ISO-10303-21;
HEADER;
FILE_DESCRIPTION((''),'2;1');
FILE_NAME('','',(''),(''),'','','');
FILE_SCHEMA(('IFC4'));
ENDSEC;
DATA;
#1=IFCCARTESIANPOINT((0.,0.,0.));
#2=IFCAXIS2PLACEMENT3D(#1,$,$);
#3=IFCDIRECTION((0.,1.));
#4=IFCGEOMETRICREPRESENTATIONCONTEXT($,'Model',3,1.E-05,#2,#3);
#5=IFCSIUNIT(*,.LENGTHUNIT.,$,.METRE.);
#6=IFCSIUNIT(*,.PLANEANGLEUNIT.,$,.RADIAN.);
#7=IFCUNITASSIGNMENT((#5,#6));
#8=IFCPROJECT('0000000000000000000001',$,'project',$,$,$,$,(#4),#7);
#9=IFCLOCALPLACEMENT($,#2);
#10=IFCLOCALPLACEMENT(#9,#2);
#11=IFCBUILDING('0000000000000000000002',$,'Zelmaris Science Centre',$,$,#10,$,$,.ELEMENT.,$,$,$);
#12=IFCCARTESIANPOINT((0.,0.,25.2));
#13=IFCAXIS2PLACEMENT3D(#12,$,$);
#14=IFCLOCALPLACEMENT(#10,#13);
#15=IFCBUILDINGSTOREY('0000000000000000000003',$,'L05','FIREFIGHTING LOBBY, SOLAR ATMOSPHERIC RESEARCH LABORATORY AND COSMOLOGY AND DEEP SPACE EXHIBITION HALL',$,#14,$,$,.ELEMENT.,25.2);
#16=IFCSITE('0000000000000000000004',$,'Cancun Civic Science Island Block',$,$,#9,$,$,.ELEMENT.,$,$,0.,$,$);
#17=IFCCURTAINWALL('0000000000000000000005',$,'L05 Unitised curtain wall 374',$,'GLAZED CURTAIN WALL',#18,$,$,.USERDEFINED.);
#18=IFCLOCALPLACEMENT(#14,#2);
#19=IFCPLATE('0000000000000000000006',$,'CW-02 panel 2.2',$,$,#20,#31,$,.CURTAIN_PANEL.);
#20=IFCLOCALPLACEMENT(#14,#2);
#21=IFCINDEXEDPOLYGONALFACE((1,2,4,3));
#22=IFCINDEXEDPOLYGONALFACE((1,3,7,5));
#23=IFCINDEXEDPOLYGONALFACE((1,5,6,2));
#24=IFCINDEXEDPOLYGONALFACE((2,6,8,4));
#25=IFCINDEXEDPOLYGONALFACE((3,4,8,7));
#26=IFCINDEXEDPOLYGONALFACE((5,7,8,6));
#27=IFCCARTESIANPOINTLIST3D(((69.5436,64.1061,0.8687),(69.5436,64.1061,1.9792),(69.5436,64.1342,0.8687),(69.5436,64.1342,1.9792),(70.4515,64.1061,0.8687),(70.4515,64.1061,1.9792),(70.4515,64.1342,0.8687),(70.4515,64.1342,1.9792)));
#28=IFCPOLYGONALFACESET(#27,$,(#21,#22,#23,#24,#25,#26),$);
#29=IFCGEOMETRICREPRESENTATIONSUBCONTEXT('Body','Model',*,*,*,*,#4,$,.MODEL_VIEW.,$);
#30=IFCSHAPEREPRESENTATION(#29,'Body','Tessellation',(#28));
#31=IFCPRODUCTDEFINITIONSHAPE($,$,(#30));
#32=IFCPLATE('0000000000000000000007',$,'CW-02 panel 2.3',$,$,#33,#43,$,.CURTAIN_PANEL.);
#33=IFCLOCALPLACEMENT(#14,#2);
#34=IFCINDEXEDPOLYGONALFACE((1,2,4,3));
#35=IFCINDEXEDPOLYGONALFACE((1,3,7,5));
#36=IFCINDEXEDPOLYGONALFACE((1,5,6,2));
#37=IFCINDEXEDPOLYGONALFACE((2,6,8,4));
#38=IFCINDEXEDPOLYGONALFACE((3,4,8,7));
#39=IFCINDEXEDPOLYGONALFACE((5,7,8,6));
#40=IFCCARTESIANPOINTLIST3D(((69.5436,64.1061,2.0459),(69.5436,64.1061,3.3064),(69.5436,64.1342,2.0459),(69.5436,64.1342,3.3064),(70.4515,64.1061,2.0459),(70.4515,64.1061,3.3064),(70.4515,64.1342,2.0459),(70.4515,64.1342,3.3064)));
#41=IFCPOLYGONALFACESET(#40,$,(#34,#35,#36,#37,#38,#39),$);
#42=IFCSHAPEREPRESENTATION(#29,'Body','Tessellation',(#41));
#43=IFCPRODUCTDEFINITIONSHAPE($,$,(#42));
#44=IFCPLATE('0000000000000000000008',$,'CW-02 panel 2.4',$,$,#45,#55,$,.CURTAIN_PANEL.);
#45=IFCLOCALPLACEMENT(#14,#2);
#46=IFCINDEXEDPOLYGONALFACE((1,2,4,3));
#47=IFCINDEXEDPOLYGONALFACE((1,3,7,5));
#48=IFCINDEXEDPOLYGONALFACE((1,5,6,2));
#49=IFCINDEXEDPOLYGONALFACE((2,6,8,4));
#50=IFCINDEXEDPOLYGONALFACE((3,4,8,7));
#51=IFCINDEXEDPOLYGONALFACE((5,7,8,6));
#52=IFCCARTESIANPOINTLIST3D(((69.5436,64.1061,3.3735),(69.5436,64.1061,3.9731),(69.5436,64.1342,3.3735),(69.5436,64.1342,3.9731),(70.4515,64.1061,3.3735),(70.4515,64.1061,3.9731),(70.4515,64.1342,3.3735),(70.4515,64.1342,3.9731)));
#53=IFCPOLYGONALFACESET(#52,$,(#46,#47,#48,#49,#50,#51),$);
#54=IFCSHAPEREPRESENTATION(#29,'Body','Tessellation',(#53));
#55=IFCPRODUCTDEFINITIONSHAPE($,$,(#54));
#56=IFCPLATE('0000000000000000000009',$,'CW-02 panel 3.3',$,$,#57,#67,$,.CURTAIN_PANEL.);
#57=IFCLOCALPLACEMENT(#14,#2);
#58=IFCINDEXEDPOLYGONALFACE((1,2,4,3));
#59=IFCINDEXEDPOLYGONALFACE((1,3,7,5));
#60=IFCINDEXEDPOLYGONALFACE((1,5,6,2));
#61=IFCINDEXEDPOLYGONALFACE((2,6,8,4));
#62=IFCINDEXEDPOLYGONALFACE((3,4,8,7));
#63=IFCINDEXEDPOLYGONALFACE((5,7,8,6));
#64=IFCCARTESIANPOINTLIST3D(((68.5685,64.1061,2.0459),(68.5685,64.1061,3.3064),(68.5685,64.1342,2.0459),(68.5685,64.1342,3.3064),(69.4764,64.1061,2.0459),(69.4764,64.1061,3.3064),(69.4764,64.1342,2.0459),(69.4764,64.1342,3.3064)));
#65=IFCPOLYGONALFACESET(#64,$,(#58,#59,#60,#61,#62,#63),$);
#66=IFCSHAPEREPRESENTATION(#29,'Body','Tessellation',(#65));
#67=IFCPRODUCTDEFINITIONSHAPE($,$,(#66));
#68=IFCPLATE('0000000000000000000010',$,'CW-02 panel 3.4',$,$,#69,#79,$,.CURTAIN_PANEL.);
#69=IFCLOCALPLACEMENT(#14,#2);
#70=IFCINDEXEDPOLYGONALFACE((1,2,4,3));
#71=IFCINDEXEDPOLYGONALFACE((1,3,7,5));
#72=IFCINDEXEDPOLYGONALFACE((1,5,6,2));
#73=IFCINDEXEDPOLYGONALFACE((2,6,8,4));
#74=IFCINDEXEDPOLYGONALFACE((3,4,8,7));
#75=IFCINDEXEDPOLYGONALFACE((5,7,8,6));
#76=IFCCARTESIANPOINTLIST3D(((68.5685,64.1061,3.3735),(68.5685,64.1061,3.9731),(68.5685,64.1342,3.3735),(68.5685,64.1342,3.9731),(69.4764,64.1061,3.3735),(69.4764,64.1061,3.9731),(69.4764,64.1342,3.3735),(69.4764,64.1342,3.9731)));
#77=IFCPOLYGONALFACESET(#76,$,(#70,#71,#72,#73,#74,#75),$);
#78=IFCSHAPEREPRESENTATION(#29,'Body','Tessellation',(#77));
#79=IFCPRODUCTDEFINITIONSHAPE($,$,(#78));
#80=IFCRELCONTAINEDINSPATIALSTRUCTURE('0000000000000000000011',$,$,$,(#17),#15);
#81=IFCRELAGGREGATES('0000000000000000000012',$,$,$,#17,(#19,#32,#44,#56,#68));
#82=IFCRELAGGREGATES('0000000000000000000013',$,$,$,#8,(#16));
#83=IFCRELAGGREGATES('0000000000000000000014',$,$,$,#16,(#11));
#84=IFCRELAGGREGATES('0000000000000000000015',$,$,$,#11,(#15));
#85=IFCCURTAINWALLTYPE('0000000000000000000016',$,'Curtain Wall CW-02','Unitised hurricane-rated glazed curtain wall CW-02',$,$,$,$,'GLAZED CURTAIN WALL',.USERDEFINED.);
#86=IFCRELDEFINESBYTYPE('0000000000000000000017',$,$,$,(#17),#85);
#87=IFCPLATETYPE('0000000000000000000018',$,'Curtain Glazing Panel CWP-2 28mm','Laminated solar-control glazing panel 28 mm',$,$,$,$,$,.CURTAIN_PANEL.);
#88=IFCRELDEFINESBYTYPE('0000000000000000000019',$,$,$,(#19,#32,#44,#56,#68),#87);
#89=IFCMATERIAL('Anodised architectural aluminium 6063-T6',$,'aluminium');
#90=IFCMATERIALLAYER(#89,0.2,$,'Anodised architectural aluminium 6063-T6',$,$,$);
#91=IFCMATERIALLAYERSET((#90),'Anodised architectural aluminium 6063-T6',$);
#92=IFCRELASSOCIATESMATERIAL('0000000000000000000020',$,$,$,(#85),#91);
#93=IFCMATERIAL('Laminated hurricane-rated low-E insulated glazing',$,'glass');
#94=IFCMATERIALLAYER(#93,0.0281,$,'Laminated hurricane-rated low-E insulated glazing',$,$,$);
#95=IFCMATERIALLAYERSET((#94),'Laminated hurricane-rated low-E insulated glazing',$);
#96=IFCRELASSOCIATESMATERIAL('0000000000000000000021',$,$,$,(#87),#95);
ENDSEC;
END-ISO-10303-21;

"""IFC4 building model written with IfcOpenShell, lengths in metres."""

from ifc_helpers import new_model, si_unit, direction, frame, origin, origin_2d, place, context, subcontext, project, spatial, rectangle, extrude, material, layer, layer_set, type_object, element, aggregate, save


model = new_model("IFC4")

# Units and contexts
model_context = context("Model", 3, precision=1e-05, world=origin(), true_north=direction((0.0, 1.0)))
body_context = subcontext(model_context, "Body", "Model", "MODEL_VIEW")
ifc_project = project(units=[si_unit("LENGTHUNIT", "METRE"), si_unit("PLANEANGLEUNIT", "RADIAN")], contexts=[model_context])

# Site, building, storey
site_placement = place(None, origin())
site = spatial("IfcSite", under=ifc_project, at=site_placement, Name="Cancun Civic Science Island Block", CompositionType="ELEMENT", RefElevation=0.0)
building_placement = place(site_placement, origin())
building = spatial("IfcBuilding", under=site, at=building_placement, Name="Zelmaris Science Centre", CompositionType="ELEMENT")
storey_placement = place(building_placement, frame((0.0, 0.0, 25.2)))
storey = spatial("IfcBuildingStorey", under=building, at=storey_placement, Name="L05", Description="FIREFIGHTING LOBBY, SOLAR ATMOSPHERIC RESEARCH LABORATORY AND COSMOLOGY AND DEEP SPACE EXHIBITION HALL", CompositionType="ELEMENT", Elevation=25.2)

# Curtain wall, plates
ifc_material_1 = material(Name="Anodised architectural aluminium 6063-T6", Category="aluminium")
ifc_layer_1 = layer(ifc_material_1, 0.2, Name="Anodised architectural aluminium 6063-T6")
ifc_layer_set_1 = layer_set([ifc_layer_1], Name="Anodised architectural aluminium 6063-T6")
curtain_wall_type = type_object("IfcCurtainWallType", Name="Curtain Wall CW-02", Description="Unitised hurricane-rated glazed curtain wall CW-02", ElementType="GLAZED CURTAIN WALL", PredefinedType="USERDEFINED", material=ifc_layer_set_1)
curtain_wall_placement = place(storey_placement, origin())
curtain_wall = element("IfcCurtainWall", 1, at=curtain_wall_placement, inside=storey, type_object=curtain_wall_type, Name="L05 Unitised curtain wall 374", ObjectType="GLAZED CURTAIN WALL", PredefinedType="USERDEFINED")
ifc_material_2 = material(Name="Laminated hurricane-rated low-E insulated glazing", Category="glass")
ifc_layer_2 = layer(ifc_material_2, 0.0281, Name="Laminated hurricane-rated low-E insulated glazing")
ifc_layer_set_2 = layer_set([ifc_layer_2], Name="Laminated hurricane-rated low-E insulated glazing")
plate_type = type_object("IfcPlateType", Name="Curtain Glazing Panel CWP-2 28mm", Description="Laminated solar-control glazing panel 28 mm", PredefinedType="CURTAIN_PANEL", material=ifc_layer_set_2)
plate_1_placement = place(storey_placement, frame((69.9976, 64.1201, 0.8687), z_axis=(0.0, 0.0, 1.0), x_axis=(-1.0, 0.0, 0.0)))
plate_1 = element("IfcPlate", 2, at=plate_1_placement, type_object=plate_type, Name="CW-02 panel 2.2", PredefinedType="CURTAIN_PANEL", context=body_context, shape_type="SweptSolid", body=[
    extrude(rectangle(XDim=0.908, YDim=0.0281, at=origin_2d()), origin(), (0.0, 0.0, 1.0), 1.1106),
])
plate_2_placement = place(storey_placement, frame((69.9976, 64.1201, 2.0459), z_axis=(0.0, 0.0, 1.0), x_axis=(-1.0, 0.0, 0.0)))
plate_2 = element("IfcPlate", 3, at=plate_2_placement, type_object=plate_type, Name="CW-02 panel 2.3", PredefinedType="CURTAIN_PANEL", context=body_context, shape_type="SweptSolid", body=[
    extrude(rectangle(XDim=0.908, YDim=0.0281, at=origin_2d()), origin(), (0.0, 0.0, 1.0), 1.2605),
])
plate_3_placement = place(storey_placement, frame((69.9976, 64.1201, 3.3735), z_axis=(0.0, 0.0, 1.0), x_axis=(-1.0, 0.0, 0.0)))
plate_3 = element("IfcPlate", 4, at=plate_3_placement, type_object=plate_type, Name="CW-02 panel 2.4", PredefinedType="CURTAIN_PANEL", context=body_context, shape_type="SweptSolid", body=[
    extrude(rectangle(XDim=0.908, YDim=0.0281, at=origin_2d()), origin(), (0.0, 0.0, 1.0), 0.5996),
])
plate_4_placement = place(storey_placement, frame((69.0225, 64.1201, 2.0459), z_axis=(0.0, 0.0, 1.0), x_axis=(-1.0, 0.0, 0.0)))
plate_4 = element("IfcPlate", 5, at=plate_4_placement, type_object=plate_type, Name="CW-02 panel 3.3", PredefinedType="CURTAIN_PANEL", context=body_context, shape_type="SweptSolid", body=[
    extrude(rectangle(XDim=0.908, YDim=0.0281, at=origin_2d()), origin(), (0.0, 0.0, 1.0), 1.2605),
])
plate_5_placement = place(storey_placement, frame((69.0225, 64.1201, 3.3735), z_axis=(0.0, 0.0, 1.0), x_axis=(-1.0, 0.0, 0.0)))
plate_5 = element("IfcPlate", 6, at=plate_5_placement, type_object=plate_type, Name="CW-02 panel 3.4", PredefinedType="CURTAIN_PANEL", context=body_context, shape_type="SweptSolid", body=[
    extrude(rectangle(XDim=0.908, YDim=0.0281, at=origin_2d()), origin(), (0.0, 0.0, 1.0), 0.5996),
])
aggregate(curtain_wall, [plate_1, plate_2, plate_3, plate_4, plate_5])

save(model, "model.ifc")
